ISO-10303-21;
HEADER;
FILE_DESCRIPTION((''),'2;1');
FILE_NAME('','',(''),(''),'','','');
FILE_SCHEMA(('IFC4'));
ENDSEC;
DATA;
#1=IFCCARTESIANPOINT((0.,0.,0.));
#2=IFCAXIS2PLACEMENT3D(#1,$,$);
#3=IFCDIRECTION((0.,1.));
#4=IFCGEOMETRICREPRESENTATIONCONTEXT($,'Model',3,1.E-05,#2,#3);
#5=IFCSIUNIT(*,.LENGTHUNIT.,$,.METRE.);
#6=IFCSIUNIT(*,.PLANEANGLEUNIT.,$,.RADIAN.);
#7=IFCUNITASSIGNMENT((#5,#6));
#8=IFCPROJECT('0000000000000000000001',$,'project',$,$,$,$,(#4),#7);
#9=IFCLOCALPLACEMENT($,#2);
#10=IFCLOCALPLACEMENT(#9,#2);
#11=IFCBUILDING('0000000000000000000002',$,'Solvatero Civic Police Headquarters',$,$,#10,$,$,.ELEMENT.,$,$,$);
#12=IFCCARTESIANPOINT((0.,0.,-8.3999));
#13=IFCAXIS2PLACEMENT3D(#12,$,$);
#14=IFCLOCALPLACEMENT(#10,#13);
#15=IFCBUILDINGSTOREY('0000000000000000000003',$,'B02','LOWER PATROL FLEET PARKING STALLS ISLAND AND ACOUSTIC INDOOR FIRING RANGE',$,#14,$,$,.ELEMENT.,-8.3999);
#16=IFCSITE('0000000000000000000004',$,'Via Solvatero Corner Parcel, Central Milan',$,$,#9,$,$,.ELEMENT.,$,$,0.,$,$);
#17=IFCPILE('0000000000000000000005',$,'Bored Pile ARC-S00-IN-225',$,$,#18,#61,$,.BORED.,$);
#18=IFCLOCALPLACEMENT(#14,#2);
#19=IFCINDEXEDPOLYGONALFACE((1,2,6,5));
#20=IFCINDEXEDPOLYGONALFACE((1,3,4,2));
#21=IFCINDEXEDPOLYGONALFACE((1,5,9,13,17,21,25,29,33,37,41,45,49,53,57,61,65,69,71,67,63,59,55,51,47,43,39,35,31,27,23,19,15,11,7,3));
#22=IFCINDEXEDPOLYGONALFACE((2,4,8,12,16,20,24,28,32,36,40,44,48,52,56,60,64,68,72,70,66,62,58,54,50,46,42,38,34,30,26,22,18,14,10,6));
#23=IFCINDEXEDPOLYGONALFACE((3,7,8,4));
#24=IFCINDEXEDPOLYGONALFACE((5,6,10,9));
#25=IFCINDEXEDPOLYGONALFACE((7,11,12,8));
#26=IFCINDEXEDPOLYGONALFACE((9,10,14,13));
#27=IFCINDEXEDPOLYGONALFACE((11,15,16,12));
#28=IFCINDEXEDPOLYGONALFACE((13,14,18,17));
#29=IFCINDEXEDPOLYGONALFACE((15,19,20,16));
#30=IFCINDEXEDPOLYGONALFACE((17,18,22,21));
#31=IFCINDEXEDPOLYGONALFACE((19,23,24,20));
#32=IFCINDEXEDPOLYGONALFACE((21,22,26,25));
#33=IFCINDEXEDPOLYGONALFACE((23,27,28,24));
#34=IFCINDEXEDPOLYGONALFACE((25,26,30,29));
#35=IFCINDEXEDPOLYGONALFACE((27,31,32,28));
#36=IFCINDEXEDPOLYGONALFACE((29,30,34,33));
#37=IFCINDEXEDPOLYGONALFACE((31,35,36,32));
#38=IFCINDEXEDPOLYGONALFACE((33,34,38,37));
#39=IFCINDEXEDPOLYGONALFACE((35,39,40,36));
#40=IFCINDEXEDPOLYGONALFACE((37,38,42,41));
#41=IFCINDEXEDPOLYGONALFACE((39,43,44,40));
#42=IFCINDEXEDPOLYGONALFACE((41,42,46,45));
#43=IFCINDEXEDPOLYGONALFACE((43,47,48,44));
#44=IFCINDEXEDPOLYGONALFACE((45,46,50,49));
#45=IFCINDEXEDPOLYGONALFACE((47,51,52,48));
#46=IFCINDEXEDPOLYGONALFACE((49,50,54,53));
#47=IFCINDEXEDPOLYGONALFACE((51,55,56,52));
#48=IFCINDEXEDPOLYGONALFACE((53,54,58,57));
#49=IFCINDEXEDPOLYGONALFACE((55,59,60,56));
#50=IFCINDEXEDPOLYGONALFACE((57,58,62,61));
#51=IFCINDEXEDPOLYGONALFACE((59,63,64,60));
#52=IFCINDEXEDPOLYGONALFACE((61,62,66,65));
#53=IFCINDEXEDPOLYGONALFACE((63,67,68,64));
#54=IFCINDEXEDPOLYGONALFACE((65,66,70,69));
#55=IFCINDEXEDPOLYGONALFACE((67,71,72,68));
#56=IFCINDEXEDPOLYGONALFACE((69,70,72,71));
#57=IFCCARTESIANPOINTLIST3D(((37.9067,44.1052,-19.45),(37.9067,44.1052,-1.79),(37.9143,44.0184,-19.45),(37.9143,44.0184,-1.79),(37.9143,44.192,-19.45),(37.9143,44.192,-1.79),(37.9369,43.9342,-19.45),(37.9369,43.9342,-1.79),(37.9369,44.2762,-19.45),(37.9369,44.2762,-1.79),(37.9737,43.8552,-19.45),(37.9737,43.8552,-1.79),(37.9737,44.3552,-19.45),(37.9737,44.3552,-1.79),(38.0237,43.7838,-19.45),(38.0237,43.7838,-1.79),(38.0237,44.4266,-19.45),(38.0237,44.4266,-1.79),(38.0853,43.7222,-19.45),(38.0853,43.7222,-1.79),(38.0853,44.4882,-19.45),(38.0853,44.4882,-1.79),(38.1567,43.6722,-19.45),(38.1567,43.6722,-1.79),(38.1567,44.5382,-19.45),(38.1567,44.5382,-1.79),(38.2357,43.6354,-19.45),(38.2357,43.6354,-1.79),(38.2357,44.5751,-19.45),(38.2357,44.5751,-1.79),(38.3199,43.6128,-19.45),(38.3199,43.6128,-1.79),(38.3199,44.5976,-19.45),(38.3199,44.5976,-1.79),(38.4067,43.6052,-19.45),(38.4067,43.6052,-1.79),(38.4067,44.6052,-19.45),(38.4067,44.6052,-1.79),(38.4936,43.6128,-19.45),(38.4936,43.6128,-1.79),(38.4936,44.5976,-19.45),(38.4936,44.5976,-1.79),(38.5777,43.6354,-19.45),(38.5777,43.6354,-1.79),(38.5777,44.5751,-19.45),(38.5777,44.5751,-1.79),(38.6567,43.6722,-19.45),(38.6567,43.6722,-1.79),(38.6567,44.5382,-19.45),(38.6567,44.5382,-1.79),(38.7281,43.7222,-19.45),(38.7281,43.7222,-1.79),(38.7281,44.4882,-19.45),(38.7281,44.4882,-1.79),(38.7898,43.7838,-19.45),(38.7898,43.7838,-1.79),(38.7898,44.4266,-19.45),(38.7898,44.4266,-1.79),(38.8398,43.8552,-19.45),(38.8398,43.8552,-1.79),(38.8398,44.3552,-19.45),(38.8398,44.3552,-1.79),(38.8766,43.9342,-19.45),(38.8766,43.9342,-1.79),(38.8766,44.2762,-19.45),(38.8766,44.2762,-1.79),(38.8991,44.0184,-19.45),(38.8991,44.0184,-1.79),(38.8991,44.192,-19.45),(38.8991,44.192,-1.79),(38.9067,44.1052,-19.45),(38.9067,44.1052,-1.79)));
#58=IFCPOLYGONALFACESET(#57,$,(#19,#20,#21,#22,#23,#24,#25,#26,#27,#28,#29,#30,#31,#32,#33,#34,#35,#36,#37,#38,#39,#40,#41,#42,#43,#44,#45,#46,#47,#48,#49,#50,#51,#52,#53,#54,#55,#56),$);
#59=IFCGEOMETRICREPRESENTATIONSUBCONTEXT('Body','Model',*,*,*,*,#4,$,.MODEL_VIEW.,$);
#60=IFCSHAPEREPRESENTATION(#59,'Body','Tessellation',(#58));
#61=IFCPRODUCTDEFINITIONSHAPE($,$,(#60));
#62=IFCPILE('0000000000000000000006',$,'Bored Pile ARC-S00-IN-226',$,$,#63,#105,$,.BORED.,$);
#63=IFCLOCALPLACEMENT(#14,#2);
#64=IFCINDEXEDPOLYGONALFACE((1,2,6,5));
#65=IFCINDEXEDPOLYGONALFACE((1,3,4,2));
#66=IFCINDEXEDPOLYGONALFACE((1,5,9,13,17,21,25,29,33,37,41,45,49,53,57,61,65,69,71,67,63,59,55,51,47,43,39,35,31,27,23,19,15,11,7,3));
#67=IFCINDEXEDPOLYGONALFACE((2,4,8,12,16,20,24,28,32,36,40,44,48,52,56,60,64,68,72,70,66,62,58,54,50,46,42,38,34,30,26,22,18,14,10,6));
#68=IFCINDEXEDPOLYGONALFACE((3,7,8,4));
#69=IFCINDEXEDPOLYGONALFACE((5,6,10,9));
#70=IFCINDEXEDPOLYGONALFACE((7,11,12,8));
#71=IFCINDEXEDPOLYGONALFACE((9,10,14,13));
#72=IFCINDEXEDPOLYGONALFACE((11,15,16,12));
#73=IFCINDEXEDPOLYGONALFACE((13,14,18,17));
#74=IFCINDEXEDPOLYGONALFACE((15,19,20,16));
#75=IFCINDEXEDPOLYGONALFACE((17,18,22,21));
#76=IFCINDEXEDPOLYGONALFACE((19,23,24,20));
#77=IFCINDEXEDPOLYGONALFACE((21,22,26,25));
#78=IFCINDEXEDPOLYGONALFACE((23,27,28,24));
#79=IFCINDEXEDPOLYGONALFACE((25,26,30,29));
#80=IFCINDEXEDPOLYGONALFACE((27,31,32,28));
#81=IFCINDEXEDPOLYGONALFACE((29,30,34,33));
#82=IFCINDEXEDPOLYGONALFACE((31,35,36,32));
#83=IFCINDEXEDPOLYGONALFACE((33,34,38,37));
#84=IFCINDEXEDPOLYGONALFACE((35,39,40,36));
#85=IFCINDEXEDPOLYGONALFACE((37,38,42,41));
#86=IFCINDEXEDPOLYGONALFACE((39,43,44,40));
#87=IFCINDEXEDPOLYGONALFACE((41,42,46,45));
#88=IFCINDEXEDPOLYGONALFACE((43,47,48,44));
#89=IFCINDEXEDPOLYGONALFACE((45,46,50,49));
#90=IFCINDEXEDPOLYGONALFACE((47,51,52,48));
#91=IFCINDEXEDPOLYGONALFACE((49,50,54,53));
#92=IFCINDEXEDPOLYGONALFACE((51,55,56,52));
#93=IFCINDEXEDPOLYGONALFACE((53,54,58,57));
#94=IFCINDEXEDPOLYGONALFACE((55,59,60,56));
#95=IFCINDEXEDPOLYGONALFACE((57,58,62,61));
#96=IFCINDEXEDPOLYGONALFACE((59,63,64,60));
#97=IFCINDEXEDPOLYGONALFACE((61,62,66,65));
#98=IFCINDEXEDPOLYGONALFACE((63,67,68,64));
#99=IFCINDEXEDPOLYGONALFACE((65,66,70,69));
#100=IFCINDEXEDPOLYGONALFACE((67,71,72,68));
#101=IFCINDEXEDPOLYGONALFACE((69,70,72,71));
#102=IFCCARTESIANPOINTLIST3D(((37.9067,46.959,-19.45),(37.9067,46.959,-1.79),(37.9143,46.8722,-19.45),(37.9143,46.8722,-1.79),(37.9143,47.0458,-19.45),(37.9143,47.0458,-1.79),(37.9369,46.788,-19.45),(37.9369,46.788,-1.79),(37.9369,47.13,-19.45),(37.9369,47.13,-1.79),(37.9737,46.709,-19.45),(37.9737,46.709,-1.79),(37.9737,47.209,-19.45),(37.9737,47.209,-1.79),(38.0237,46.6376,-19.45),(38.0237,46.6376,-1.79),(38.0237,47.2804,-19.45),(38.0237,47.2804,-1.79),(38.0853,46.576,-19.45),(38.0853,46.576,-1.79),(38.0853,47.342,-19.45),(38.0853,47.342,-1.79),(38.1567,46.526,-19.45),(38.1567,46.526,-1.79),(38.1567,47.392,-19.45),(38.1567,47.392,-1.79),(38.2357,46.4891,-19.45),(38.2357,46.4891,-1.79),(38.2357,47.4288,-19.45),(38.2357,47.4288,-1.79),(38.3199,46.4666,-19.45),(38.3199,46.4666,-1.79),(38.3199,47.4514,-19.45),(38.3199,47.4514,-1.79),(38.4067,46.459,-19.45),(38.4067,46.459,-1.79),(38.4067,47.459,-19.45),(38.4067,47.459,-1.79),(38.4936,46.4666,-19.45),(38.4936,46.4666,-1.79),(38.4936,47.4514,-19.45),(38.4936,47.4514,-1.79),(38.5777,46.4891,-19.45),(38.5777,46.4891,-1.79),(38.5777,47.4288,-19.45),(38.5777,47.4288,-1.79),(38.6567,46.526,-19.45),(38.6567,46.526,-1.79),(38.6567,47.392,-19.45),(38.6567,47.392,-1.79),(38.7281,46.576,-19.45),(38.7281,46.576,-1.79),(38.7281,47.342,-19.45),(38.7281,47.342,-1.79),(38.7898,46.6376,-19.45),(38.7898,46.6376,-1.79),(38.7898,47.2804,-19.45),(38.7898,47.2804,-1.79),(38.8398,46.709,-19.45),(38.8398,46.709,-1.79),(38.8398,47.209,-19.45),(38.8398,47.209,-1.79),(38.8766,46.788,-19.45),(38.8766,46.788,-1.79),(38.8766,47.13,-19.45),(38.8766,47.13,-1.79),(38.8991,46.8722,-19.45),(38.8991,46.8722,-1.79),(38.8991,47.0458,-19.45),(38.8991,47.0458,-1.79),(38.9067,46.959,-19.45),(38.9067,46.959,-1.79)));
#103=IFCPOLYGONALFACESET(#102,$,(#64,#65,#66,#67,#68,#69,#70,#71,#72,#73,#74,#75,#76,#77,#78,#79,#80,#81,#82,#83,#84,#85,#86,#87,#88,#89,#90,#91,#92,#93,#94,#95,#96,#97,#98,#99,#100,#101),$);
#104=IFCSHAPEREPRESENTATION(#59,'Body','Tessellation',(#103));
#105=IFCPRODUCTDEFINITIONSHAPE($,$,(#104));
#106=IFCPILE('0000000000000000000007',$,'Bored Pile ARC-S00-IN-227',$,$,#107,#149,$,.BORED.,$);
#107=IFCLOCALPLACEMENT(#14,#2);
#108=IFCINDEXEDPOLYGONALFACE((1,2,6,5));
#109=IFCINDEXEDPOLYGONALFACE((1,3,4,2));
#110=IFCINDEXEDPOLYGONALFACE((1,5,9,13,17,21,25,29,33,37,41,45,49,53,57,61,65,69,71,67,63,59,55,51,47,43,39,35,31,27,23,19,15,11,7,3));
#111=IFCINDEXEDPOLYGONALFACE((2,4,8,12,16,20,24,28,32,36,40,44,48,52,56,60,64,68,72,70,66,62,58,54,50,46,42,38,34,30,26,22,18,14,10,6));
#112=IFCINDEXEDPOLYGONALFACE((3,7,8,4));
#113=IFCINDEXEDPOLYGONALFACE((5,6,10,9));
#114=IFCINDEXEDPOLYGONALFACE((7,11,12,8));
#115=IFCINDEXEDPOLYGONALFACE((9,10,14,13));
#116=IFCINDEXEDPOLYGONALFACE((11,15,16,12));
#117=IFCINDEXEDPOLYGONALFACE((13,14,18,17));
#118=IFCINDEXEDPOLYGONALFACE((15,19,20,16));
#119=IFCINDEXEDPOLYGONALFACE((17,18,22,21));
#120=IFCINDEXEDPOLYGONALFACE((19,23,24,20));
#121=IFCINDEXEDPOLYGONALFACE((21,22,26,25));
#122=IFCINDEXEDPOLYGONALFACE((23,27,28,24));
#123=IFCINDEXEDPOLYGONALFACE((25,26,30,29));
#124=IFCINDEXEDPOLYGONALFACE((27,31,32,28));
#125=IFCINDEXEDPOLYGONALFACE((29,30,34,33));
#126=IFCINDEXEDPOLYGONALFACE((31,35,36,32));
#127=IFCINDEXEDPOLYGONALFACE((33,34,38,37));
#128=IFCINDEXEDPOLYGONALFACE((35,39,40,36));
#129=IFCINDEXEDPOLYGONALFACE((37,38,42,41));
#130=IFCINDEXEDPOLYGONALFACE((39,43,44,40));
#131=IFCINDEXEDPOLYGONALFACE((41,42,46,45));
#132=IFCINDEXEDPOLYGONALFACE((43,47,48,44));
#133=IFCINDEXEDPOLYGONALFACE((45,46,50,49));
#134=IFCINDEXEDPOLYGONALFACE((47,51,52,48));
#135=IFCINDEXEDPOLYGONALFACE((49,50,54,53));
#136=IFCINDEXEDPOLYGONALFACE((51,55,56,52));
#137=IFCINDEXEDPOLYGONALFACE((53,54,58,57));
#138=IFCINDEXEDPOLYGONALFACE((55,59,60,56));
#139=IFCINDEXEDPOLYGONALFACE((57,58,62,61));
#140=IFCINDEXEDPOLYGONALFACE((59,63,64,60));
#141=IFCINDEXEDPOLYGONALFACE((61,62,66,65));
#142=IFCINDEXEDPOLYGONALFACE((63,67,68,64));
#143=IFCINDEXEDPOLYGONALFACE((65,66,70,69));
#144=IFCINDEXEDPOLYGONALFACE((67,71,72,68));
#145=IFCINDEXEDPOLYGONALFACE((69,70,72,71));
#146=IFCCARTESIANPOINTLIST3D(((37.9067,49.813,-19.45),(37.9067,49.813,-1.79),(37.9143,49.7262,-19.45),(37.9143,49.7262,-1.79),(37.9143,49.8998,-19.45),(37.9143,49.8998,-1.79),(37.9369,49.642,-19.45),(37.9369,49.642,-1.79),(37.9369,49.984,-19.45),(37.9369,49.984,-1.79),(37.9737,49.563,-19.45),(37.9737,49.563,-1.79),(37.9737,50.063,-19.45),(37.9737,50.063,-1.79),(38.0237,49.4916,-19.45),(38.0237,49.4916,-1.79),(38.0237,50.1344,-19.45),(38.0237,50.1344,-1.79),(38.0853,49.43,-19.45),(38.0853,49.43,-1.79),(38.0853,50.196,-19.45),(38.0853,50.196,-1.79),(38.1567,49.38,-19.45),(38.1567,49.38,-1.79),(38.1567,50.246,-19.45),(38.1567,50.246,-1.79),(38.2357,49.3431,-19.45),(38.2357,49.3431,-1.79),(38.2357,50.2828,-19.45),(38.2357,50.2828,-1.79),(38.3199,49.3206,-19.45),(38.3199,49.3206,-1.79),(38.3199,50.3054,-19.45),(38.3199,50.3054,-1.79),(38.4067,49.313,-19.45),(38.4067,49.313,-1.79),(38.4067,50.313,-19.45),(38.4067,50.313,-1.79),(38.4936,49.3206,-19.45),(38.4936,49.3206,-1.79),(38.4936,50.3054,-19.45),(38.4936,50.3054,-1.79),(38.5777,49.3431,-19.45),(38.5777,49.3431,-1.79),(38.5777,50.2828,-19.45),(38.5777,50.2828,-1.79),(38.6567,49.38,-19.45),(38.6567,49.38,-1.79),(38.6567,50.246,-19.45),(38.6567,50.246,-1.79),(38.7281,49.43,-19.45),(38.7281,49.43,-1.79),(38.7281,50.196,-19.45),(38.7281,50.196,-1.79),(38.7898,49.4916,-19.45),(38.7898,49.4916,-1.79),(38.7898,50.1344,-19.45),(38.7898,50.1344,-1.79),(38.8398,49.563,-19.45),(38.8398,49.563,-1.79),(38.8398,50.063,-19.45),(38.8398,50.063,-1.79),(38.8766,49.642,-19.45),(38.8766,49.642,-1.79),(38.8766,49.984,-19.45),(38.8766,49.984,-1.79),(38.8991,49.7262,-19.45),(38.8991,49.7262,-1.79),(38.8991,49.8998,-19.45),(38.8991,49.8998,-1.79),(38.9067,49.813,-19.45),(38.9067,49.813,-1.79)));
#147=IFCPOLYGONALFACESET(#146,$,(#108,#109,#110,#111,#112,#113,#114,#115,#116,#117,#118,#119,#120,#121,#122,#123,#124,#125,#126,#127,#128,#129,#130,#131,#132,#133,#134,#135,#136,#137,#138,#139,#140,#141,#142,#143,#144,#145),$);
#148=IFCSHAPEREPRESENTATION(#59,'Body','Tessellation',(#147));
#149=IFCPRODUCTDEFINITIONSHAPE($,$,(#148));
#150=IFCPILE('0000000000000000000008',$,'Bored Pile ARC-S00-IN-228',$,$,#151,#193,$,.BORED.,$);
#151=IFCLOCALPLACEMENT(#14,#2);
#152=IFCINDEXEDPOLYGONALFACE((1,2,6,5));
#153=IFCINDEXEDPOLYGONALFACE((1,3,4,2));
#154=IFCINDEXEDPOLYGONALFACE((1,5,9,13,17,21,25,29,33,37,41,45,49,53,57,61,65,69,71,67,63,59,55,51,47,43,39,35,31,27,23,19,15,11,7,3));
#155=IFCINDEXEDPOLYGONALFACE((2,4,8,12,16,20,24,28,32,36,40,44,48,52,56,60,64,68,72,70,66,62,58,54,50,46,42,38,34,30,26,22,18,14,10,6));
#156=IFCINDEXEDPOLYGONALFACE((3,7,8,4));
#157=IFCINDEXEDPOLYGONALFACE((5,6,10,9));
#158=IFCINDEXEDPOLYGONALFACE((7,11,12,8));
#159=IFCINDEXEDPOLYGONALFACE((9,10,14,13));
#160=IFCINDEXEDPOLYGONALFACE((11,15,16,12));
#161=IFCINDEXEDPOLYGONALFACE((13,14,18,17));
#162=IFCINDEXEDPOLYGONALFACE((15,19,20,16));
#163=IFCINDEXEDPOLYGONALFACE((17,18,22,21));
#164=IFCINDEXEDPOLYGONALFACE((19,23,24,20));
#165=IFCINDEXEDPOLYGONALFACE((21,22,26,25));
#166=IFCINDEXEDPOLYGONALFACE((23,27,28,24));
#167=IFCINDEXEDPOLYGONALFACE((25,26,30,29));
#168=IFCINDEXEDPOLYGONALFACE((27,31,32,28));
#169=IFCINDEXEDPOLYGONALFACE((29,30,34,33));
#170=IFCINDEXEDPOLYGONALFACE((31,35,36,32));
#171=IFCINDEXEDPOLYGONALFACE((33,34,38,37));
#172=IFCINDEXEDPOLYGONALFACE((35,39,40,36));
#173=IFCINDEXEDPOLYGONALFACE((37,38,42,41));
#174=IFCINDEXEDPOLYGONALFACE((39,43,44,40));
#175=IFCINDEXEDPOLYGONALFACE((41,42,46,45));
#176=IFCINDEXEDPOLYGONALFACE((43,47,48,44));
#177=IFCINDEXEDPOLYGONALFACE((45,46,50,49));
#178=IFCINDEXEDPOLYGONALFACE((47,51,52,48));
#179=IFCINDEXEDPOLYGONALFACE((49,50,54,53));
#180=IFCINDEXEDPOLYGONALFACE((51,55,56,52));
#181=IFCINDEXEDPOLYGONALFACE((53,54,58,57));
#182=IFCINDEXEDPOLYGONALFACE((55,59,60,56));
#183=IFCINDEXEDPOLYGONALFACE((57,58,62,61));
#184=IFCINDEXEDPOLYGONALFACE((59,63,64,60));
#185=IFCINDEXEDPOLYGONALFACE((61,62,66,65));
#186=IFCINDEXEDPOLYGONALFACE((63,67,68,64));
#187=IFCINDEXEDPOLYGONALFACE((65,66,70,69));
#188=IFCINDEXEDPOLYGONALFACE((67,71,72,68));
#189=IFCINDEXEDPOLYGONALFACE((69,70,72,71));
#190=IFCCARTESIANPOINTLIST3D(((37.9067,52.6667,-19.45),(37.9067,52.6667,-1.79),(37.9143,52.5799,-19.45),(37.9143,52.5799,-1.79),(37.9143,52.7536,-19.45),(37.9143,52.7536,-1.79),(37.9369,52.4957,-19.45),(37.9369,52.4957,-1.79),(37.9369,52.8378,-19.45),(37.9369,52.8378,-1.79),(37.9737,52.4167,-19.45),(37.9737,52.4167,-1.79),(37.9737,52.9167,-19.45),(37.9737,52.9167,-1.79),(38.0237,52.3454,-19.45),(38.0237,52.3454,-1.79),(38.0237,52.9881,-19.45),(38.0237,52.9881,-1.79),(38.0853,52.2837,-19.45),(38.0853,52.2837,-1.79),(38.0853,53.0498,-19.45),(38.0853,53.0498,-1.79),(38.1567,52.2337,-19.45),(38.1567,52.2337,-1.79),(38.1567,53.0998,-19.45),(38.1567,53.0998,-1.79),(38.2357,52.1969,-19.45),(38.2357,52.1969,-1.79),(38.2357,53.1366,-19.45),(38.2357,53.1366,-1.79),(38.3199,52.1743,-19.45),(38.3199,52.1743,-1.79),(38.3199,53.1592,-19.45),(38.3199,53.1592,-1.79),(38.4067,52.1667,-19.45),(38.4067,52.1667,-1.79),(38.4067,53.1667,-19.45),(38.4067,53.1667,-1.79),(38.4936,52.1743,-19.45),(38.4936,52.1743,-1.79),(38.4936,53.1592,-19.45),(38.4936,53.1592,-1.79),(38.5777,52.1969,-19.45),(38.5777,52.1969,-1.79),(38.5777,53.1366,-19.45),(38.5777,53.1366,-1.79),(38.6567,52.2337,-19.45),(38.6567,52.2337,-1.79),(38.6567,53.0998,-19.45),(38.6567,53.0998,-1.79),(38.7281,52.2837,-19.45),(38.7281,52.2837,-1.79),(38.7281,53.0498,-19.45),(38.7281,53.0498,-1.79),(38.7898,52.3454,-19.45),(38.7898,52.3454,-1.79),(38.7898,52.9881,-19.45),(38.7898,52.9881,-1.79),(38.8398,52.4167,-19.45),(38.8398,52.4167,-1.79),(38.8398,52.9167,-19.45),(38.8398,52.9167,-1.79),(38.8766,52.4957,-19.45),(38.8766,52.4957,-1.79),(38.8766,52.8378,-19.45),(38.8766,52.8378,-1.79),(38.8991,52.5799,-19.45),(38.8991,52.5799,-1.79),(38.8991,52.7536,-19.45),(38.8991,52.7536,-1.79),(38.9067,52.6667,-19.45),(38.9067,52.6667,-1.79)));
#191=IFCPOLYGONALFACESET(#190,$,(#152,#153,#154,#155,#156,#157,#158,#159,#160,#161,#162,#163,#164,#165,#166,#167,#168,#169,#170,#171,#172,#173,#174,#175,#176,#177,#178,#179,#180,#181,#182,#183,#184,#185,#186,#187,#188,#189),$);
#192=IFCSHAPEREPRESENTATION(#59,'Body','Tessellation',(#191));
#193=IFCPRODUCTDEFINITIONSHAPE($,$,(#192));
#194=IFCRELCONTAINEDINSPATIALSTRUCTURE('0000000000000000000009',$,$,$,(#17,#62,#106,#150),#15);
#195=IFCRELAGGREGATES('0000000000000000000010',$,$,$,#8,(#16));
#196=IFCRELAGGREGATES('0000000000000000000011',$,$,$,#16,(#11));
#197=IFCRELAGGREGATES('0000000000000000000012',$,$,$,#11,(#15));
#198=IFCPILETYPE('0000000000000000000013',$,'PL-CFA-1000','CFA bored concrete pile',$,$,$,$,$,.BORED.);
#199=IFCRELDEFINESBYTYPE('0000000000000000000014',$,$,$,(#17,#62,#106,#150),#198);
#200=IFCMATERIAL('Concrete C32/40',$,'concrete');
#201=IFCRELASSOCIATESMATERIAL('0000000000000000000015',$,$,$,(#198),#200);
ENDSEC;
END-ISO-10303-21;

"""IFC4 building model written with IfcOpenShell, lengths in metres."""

from ifc_helpers import new_model, si_unit, direction, frame, origin, origin_2d, place, context, subcontext, project, spatial, circle, extrude, material, material_profile, profile_set, type_object, element, save


model = new_model("IFC4")

# Units and contexts
model_context = context("Model", 3, precision=1e-05, world=origin(), true_north=direction((0.0, 1.0)))
body_context = subcontext(model_context, "Body", "Model", "MODEL_VIEW")
ifc_project = project(units=[si_unit("LENGTHUNIT", "METRE"), si_unit("PLANEANGLEUNIT", "RADIAN")], contexts=[model_context])

# Site, building, storey
site_placement = place(None, origin())
site = spatial("IfcSite", under=ifc_project, at=site_placement, Name="Via Solvatero Corner Parcel, Central Milan", CompositionType="ELEMENT", RefElevation=0.0)
building_placement = place(site_placement, origin())
building = spatial("IfcBuilding", under=site, at=building_placement, Name="Solvatero Civic Police Headquarters", CompositionType="ELEMENT")
storey_placement = place(building_placement, frame((0.0, 0.0, -8.3999)))
storey = spatial("IfcBuildingStorey", under=building, at=storey_placement, Name="B02", Description="LOWER PATROL FLEET PARKING STALLS ISLAND AND ACOUSTIC INDOOR FIRING RANGE", CompositionType="ELEMENT", Elevation=-8.3999)

# Piles
ifc_material_1 = material(Name="Concrete C32/40", Category="concrete")
ifc_material_profile_1 = material_profile(ifc_material_1, circle(Radius=0.5, at=origin_2d()), Name="CFA PILE D1000")
ifc_profile_set_1 = profile_set([ifc_material_profile_1], Name="Concrete C32/40")
pile_type = type_object("IfcPileType", Name="PL-CFA-1000", Description="CFA bored concrete pile", PredefinedType="BORED", material=ifc_profile_set_1)
for number, where, z_axis, x_axis, name in (
    (1, (38.4067, 44.1052, -1.79), (0.0, 0.0, -1.0), (1.0, 0.0, 0.0), "Bored Pile ARC-S00-IN-225"),
    (2, (38.4067, 46.959, -1.79), (0.0, 0.0, -1.0), (1.0, 0.0, 0.0), "Bored Pile ARC-S00-IN-226"),
    (3, (38.4067, 49.813, -1.79), (0.0, 0.0, -1.0), (1.0, 0.0, 0.0), "Bored Pile ARC-S00-IN-227"),
    (4, (38.4067, 52.6667, -1.79), (0.0, 0.0, -1.0), (1.0, 0.0, 0.0), "Bored Pile ARC-S00-IN-228"),
):
    element("IfcPile", number, at=place(storey_placement, frame(where, z_axis=z_axis, x_axis=x_axis)), inside=storey, type_object=pile_type, Name=name, PredefinedType="BORED", context=body_context, shape_type="SweptSolid", body=[
        extrude(circle(Radius=0.5, at=origin_2d()), origin(), (0.0, 0.0, 1.0), 17.6599),
    ])

save(model, "model.ifc")
